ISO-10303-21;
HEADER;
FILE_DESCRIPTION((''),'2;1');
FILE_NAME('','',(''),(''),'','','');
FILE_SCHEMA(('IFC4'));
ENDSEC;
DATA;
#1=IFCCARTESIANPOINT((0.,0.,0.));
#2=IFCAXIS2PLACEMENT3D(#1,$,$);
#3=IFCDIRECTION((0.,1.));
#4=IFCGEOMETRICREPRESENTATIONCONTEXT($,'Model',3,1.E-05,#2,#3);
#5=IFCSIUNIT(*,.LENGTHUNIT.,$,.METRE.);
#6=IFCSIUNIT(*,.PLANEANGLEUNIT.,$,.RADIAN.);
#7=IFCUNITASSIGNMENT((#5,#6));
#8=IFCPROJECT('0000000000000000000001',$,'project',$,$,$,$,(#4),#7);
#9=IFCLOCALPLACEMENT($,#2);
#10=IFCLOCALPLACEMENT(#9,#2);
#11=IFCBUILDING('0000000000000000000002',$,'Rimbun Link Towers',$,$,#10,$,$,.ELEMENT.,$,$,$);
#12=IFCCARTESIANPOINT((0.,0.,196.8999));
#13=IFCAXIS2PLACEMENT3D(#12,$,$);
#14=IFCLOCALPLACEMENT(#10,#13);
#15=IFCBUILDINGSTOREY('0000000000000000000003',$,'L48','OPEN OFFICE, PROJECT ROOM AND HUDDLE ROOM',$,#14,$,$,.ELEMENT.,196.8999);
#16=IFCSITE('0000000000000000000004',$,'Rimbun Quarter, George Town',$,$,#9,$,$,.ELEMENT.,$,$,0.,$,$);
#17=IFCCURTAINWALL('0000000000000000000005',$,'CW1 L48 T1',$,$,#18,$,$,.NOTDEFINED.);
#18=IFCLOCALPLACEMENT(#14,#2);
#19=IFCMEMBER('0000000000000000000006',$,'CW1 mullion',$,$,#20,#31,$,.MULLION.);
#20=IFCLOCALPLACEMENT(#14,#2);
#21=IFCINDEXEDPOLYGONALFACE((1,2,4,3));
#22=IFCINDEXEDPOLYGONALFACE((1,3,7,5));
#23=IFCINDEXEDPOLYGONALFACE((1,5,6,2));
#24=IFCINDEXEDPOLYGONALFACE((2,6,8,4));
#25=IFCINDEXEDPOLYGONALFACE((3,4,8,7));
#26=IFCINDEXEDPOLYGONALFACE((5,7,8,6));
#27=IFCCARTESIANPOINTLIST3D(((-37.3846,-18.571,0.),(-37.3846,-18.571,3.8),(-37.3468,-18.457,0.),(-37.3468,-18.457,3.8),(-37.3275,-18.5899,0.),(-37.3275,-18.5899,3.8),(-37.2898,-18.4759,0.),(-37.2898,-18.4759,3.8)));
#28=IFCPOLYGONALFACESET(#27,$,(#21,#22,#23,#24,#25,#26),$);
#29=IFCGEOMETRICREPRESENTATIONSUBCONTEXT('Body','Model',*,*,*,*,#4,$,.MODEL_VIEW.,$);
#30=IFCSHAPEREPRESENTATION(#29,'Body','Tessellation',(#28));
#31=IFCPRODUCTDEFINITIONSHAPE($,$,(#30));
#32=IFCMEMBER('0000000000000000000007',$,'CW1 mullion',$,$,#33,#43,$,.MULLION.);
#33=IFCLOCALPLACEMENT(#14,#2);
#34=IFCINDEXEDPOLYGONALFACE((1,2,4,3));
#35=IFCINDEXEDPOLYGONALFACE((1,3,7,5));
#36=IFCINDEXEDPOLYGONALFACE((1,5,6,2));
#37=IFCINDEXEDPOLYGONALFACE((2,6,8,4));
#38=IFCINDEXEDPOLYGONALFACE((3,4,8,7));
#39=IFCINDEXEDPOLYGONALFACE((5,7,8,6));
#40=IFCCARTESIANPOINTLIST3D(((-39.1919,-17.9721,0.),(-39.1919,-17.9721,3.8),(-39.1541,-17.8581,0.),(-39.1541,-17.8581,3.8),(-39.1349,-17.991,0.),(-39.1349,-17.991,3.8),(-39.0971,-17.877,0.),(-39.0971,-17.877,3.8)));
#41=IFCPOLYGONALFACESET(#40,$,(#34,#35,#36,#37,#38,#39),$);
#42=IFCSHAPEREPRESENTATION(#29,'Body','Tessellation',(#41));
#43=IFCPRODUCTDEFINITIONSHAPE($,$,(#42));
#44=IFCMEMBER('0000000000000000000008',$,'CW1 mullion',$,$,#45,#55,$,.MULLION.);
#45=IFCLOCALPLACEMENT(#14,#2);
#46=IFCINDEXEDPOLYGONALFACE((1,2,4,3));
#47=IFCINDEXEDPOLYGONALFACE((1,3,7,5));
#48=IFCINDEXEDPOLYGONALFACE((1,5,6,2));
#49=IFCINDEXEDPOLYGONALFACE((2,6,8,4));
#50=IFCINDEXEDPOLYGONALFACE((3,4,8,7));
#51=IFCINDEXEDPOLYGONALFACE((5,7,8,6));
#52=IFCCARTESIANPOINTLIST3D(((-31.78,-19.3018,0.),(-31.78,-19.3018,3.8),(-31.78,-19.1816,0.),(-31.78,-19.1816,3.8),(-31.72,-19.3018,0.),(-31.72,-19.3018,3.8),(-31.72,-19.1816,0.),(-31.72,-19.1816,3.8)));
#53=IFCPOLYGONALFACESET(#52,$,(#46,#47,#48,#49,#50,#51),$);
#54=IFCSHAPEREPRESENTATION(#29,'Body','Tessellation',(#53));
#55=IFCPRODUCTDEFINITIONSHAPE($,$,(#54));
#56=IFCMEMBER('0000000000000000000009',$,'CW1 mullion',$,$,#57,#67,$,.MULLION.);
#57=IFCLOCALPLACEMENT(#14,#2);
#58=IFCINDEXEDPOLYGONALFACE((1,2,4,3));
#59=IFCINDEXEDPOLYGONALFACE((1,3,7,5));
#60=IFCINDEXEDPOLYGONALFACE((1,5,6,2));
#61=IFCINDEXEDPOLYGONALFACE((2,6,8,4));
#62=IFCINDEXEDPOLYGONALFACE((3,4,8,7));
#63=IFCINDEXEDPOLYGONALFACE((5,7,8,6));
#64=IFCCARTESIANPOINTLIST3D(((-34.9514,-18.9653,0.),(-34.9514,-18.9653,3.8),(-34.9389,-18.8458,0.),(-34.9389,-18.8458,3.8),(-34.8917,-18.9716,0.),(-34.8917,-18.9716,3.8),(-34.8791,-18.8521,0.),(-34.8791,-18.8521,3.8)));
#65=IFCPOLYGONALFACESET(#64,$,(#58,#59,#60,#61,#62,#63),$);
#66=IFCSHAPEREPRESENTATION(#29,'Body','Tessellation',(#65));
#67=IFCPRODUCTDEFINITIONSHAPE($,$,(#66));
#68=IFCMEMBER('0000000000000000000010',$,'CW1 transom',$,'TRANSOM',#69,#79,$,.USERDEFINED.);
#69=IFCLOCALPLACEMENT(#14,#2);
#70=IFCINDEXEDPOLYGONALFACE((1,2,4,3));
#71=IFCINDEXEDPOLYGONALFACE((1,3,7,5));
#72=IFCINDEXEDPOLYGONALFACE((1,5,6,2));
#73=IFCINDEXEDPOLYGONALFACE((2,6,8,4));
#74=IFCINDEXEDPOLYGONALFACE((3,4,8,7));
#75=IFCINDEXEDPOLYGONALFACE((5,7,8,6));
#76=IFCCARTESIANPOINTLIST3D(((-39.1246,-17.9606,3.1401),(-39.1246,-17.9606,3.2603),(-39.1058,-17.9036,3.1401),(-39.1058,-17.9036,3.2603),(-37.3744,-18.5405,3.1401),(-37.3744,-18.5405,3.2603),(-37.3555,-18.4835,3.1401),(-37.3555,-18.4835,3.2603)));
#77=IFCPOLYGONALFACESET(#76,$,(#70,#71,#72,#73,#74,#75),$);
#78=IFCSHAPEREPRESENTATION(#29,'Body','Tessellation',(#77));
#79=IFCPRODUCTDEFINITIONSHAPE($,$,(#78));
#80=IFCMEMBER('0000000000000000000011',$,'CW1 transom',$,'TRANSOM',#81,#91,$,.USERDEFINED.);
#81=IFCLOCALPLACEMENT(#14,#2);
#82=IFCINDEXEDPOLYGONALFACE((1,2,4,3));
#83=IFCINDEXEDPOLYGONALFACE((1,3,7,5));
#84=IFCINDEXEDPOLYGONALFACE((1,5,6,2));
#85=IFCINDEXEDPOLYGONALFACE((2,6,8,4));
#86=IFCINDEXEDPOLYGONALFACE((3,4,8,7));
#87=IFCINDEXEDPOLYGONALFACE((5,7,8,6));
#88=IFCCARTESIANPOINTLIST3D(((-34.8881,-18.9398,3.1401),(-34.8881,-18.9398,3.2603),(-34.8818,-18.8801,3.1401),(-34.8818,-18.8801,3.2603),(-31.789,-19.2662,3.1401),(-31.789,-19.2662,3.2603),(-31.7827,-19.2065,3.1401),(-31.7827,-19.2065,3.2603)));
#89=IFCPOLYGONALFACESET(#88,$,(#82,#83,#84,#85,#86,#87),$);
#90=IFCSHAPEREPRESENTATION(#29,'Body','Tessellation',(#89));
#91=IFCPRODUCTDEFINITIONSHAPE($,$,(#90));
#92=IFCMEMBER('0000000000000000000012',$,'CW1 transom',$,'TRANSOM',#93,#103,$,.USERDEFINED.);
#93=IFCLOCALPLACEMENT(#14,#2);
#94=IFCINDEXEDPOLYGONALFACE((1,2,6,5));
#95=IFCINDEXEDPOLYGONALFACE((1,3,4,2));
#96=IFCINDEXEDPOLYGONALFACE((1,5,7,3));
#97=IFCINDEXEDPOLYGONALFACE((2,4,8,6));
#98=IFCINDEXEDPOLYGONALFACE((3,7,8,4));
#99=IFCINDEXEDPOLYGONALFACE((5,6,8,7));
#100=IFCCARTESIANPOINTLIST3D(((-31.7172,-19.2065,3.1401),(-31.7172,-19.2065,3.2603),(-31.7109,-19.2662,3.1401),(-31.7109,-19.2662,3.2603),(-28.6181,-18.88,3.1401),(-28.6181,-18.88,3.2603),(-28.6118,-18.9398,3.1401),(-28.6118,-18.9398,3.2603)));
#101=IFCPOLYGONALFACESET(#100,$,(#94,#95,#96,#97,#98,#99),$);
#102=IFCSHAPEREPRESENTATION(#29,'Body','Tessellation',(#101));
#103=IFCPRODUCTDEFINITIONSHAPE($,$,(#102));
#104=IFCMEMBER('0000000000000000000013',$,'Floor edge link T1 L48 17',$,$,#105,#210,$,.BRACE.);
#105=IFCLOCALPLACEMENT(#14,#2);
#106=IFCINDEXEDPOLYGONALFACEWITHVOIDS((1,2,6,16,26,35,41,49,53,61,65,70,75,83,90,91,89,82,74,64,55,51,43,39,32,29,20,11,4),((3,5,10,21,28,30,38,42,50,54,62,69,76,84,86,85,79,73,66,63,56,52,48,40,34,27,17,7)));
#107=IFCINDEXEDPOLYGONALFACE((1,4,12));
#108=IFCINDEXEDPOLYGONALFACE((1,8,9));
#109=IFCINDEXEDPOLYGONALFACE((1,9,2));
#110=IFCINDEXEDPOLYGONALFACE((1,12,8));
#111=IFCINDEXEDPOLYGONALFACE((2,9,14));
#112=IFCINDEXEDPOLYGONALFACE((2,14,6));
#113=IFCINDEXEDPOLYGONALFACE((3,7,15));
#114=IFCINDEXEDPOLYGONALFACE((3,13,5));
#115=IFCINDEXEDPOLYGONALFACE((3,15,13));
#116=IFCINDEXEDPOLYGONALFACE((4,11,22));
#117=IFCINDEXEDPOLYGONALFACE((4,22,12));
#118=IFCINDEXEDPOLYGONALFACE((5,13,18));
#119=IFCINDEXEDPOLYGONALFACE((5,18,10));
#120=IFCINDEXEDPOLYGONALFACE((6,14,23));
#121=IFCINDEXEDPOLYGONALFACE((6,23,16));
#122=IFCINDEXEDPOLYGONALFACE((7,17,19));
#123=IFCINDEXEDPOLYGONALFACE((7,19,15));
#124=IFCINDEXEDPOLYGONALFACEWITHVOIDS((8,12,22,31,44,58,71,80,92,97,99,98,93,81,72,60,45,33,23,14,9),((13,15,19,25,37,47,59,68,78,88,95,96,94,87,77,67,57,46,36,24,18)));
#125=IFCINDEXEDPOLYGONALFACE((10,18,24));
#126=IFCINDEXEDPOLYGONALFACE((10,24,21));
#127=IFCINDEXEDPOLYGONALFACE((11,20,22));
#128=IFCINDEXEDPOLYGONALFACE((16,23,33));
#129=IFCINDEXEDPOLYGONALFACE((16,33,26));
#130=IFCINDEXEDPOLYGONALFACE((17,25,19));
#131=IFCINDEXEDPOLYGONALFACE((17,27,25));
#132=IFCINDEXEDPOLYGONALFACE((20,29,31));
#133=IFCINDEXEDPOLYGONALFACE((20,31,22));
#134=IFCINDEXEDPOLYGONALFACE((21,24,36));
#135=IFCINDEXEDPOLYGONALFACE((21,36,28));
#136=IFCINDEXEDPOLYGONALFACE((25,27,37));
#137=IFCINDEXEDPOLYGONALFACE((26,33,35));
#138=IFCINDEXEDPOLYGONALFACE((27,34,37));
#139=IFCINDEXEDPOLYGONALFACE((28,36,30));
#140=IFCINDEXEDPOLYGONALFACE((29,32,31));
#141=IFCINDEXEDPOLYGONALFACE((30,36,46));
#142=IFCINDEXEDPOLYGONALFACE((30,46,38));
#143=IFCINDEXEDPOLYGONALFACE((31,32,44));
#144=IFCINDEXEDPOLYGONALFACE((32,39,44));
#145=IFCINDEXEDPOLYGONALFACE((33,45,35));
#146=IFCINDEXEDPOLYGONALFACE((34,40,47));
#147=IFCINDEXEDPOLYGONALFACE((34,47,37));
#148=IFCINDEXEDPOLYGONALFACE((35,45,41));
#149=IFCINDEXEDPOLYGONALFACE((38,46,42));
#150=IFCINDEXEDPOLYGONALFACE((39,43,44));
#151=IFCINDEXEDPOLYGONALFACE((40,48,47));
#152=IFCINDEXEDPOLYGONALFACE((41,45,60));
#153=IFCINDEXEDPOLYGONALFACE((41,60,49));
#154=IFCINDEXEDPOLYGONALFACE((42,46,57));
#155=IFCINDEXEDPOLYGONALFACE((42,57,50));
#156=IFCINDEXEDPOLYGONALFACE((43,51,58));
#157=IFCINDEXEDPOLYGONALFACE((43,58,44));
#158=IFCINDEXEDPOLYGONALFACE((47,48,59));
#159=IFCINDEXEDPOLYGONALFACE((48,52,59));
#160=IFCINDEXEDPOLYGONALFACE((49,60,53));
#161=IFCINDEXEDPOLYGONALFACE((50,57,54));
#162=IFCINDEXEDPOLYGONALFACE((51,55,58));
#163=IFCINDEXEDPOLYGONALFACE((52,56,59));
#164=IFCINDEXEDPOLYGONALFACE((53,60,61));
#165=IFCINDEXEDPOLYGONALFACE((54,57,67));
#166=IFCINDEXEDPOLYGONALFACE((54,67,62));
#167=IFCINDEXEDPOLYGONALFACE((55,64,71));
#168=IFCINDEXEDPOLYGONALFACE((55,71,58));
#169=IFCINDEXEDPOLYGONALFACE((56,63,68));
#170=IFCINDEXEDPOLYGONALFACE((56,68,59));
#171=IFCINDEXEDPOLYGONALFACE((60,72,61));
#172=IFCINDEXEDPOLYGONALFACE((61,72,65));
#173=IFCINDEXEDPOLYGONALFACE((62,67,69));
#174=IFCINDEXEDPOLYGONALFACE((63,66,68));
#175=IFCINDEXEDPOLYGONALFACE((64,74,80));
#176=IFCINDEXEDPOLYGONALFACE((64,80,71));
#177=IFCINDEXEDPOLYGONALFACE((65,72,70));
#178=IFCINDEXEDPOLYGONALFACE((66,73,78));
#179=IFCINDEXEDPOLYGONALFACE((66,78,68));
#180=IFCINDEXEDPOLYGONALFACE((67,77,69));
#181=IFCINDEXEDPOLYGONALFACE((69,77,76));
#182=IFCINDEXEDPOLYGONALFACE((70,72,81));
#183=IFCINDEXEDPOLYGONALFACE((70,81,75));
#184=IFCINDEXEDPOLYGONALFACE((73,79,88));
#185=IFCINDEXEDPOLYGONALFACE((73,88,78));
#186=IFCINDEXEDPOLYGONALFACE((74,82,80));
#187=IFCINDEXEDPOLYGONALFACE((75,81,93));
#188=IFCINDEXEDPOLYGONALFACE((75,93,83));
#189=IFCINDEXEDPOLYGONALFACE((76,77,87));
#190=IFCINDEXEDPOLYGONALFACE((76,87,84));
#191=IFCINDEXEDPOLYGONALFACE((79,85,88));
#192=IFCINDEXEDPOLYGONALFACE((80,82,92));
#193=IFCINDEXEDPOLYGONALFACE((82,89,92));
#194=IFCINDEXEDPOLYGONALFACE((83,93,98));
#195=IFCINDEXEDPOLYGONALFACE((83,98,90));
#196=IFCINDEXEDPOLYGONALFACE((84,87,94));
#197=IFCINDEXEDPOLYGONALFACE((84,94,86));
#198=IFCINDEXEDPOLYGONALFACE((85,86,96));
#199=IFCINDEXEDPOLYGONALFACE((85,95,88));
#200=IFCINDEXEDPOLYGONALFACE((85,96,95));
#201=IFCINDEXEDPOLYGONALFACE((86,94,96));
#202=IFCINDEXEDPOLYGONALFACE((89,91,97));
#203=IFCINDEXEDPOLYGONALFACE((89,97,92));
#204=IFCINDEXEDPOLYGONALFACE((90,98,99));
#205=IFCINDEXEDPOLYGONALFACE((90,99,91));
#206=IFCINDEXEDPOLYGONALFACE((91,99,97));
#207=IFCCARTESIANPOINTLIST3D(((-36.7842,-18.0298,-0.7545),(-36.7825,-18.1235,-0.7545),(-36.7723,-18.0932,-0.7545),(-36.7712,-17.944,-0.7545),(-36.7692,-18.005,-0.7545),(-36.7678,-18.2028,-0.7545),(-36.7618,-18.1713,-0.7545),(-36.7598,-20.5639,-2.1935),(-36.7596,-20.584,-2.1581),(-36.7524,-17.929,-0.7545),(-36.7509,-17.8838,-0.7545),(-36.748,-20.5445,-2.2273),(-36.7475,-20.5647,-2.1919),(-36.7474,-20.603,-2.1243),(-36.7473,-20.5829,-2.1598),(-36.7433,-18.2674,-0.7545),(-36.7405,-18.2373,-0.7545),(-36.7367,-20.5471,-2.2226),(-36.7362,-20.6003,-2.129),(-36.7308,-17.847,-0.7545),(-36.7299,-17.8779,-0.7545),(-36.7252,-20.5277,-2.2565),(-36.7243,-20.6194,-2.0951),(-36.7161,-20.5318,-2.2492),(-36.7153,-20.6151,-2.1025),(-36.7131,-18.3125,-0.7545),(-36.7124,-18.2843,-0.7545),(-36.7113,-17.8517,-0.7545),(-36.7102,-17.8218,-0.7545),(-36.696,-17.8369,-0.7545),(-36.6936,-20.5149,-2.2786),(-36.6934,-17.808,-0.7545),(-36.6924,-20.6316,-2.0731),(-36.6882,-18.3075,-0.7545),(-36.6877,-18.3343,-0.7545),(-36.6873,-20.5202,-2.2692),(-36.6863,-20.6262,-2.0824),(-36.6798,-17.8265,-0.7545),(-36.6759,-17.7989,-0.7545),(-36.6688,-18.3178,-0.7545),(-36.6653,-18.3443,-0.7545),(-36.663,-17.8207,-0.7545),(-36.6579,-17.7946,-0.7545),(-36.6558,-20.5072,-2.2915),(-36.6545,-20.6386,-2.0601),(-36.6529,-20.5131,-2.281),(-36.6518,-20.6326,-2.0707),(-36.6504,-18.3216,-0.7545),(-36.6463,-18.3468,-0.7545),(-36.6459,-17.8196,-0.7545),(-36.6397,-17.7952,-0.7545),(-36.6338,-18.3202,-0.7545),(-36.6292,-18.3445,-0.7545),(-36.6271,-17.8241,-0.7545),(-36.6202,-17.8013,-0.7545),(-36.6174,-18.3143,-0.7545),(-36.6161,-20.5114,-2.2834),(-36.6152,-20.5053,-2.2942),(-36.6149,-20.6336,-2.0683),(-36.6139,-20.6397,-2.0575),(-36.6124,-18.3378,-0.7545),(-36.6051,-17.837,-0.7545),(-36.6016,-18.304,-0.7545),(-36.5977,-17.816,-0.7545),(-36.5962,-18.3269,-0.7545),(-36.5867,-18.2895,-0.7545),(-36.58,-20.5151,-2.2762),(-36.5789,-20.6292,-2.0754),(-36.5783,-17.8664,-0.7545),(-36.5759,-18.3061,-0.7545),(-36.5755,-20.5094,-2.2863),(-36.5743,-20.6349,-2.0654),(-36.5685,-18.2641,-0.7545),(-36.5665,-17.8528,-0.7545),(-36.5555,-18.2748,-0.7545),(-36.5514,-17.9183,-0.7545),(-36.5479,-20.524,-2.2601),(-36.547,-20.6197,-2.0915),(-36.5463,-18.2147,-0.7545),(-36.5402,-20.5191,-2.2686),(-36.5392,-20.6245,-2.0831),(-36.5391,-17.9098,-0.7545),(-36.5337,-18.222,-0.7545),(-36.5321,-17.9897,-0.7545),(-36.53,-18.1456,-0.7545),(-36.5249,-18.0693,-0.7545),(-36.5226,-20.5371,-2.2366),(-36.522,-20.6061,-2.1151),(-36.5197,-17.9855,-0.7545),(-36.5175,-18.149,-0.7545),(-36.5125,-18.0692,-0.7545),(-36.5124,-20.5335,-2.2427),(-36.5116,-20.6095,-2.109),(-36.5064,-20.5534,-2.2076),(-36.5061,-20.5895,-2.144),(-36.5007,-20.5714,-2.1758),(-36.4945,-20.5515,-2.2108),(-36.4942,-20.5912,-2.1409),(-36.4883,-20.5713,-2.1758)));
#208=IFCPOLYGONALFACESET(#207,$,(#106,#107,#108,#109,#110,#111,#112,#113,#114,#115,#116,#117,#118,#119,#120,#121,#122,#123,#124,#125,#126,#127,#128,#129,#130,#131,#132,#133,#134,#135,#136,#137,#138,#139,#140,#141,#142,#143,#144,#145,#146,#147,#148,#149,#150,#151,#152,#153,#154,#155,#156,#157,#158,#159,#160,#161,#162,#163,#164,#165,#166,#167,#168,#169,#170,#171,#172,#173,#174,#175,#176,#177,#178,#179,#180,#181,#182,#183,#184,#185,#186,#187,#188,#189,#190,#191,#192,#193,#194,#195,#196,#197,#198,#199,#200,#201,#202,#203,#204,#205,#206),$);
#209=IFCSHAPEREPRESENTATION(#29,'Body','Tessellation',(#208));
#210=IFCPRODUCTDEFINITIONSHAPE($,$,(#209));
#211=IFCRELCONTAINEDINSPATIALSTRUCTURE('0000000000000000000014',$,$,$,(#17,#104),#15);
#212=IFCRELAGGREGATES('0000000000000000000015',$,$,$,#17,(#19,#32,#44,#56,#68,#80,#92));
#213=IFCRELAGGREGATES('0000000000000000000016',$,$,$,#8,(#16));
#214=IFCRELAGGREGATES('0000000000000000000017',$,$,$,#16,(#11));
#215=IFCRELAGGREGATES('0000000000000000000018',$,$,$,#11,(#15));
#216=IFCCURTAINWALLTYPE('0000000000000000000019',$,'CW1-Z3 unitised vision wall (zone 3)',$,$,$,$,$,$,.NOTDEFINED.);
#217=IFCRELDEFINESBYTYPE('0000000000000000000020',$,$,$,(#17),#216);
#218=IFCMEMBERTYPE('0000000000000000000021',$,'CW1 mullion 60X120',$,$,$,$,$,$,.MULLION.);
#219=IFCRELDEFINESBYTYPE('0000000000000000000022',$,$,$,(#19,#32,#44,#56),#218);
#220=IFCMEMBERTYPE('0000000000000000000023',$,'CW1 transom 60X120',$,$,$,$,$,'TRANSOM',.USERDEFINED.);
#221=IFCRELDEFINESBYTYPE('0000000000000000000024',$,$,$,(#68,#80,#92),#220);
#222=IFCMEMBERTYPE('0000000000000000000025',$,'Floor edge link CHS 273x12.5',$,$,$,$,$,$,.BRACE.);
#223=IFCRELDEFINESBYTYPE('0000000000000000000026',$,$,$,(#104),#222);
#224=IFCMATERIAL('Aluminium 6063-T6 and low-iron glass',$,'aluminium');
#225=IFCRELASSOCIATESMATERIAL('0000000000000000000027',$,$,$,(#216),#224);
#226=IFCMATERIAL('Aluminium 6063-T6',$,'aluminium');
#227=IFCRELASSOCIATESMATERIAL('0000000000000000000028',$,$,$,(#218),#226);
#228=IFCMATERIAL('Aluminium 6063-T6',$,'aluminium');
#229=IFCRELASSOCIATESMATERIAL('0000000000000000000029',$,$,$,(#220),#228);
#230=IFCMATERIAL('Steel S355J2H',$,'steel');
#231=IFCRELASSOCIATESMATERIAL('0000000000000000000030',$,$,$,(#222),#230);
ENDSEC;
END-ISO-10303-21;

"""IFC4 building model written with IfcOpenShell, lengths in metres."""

from ifc_helpers import new_model, si_unit, direction, frame, origin, origin_2d, place, context, subcontext, project, spatial, rectangle, hollow_circle, extrude, clip, halfspace, material, material_profile, profile_set, type_object, element, aggregate, save


model = new_model("IFC4")

# Units and contexts
model_context = context("Model", 3, precision=1e-05, world=origin(), true_north=direction((0.0, 1.0)))
body_context = subcontext(model_context, "Body", "Model", "MODEL_VIEW")
ifc_project = project(units=[si_unit("LENGTHUNIT", "METRE"), si_unit("PLANEANGLEUNIT", "RADIAN")], contexts=[model_context])

# Site, building, storey
site_placement = place(None, origin())
site = spatial("IfcSite", under=ifc_project, at=site_placement, Name="Rimbun Quarter, George Town", CompositionType="ELEMENT", RefElevation=0.0)
building_placement = place(site_placement, origin())
building = spatial("IfcBuilding", under=site, at=building_placement, Name="Rimbun Link Towers", CompositionType="ELEMENT")
storey_placement = place(building_placement, frame((0.0, 0.0, 196.8999)))
storey = spatial("IfcBuildingStorey", under=building, at=storey_placement, Name="L48", Description="OPEN OFFICE, PROJECT ROOM AND HUDDLE ROOM", CompositionType="ELEMENT", Elevation=196.8999)

# Curtain wall, members
ifc_material_1 = material(Name="Aluminium 6063-T6 and low-iron glass", Category="aluminium")
curtain_wall_type = type_object("IfcCurtainWallType", Name="CW1-Z3 unitised vision wall (zone 3)", PredefinedType="NOTDEFINED", material=ifc_material_1)
curtain_wall_placement = place(storey_placement, origin())
curtain_wall = element("IfcCurtainWall", 1, at=curtain_wall_placement, inside=storey, type_object=curtain_wall_type, Name="CW1 L48 T1", PredefinedType="NOTDEFINED")
ifc_material_2 = material(Name="Aluminium 6063-T6", Category="aluminium")
ifc_material_profile_1 = material_profile(ifc_material_2, rectangle(XDim=0.1201, YDim=0.0601, at=origin_2d()), Name="MULLION 60X120")
ifc_profile_set_1 = profile_set([ifc_material_profile_1], Name="Aluminium 6063-T6")
member_type_1 = type_object("IfcMemberType", Name="CW1 mullion 60X120", PredefinedType="MULLION", material=ifc_profile_set_1)
member_1_placement = place(storey_placement, frame((-37.3372, -18.5234, 0.0), z_axis=(0.0, 0.0, 1.0), x_axis=(-0.314558, -0.949238, 0.0)))
member_1 = element("IfcMember", 2, at=member_1_placement, type_object=member_type_1, Name="CW1 mullion", PredefinedType="MULLION", context=body_context, shape_type="SweptSolid", body=[
    extrude(rectangle(XDim=0.1201, YDim=0.0601, at=origin_2d()), origin(), (0.0, 0.0, 1.0), 3.8),
])
member_2_placement = place(storey_placement, frame((-39.1445, -17.9246, 0.0), z_axis=(0.0, 0.0, 1.0), x_axis=(-0.314558, -0.949238, 0.0)))
member_2 = element("IfcMember", 3, at=member_2_placement, type_object=member_type_1, Name="CW1 mullion", PredefinedType="MULLION", context=body_context, shape_type="SweptSolid", body=[
    extrude(rectangle(XDim=0.1201, YDim=0.0601, at=origin_2d()), origin(), (0.0, 0.0, 1.0), 3.8),
])
member_3_placement = place(storey_placement, frame((-31.75, -19.2417, 0.0), z_axis=(0.0, 0.0, 1.0), x_axis=(0.0, -1.0, 0.0)))
member_3 = element("IfcMember", 4, at=member_3_placement, type_object=member_type_1, Name="CW1 mullion", PredefinedType="MULLION", context=body_context, shape_type="SweptSolid", body=[
    extrude(rectangle(XDim=0.1201, YDim=0.0601, at=origin_2d()), origin(), (0.0, 0.0, 1.0), 3.8),
])
member_4_placement = place(storey_placement, frame((-34.9153, -18.9087, 0.0), z_axis=(0.0, 0.0, 1.0), x_axis=(-0.104748, -0.994499, 0.0)))
member_4 = element("IfcMember", 5, at=member_4_placement, type_object=member_type_1, Name="CW1 mullion", PredefinedType="MULLION", context=body_context, shape_type="SweptSolid", body=[
    extrude(rectangle(XDim=0.1201, YDim=0.0601, at=origin_2d()), origin(), (0.0, 0.0, 1.0), 3.8),
])
ifc_material_3 = material(Name="Aluminium 6063-T6", Category="aluminium")
ifc_material_profile_2 = material_profile(ifc_material_3, rectangle(XDim=0.0601, YDim=0.1201, at=origin_2d()), Name="TRANSOM 60X120")
ifc_profile_set_2 = profile_set([ifc_material_profile_2], Name="Aluminium 6063-T6")
member_type_2 = type_object("IfcMemberType", Name="CW1 transom 60X120", ElementType="TRANSOM", PredefinedType="USERDEFINED", material=ifc_profile_set_2)
member_5_placement = place(storey_placement, frame((-37.365, -18.512, 3.2002), z_axis=(-0.949264, 0.314479, 0.0), x_axis=(-0.314479, -0.949264, 0.0)))
member_5 = element("IfcMember", 6, at=member_5_placement, type_object=member_type_2, Name="CW1 transom", ObjectType="TRANSOM", PredefinedType="USERDEFINED", context=body_context, shape_type="SweptSolid", body=[
    extrude(rectangle(XDim=0.0601, YDim=0.1201, at=origin_2d()), origin(), (0.0, 0.0, 1.0), 1.8438),
])
member_6_placement = place(storey_placement, frame((-31.7859, -19.2363, 3.2002), z_axis=(-0.994499, 0.104746, 0.0), x_axis=(-0.104746, -0.994499, 0.0)))
member_6 = element("IfcMember", 7, at=member_6_placement, type_object=member_type_2, Name="CW1 transom", ObjectType="TRANSOM", PredefinedType="USERDEFINED", context=body_context, shape_type="SweptSolid", body=[
    extrude(rectangle(XDim=0.0601, YDim=0.1201, at=origin_2d()), origin(), (0.0, 0.0, 1.0), 3.1162),
])
member_7_placement = place(storey_placement, frame((-28.615, -18.9099, 3.2002), z_axis=(-0.994499, -0.104746, 0.0), x_axis=(0.104746, -0.994499, 0.0)))
member_7 = element("IfcMember", 8, at=member_7_placement, type_object=member_type_2, Name="CW1 transom", ObjectType="TRANSOM", PredefinedType="USERDEFINED", context=body_context, shape_type="SweptSolid", body=[
    extrude(rectangle(XDim=0.0601, YDim=0.1201, at=origin_2d()), origin(), (0.0, 0.0, 1.0), 3.1162),
])

# Member
ifc_material_4 = material(Name="Steel S355J2H", Category="steel")
ifc_material_profile_3 = material_profile(ifc_material_4, hollow_circle(Radius=0.1365, WallThickness=0.0125, at=origin_2d()), Name="CHS 273x12.5")
ifc_profile_set_3 = profile_set([ifc_material_profile_3], Name="Steel S355J2H")
member_type_3 = type_object("IfcMemberType", Name="Floor edge link CHS 273x12.5", PredefinedType="BRACE", material=ifc_profile_set_3)
member_8_placement = place(storey_placement, frame((-36.647, -18.2754, -0.8708), z_axis=(0.008409, -0.869466, -0.49392), x_axis=(0.999953, 0.009671, 0.0)))
element("IfcMember", 9, at=member_8_placement, inside=storey, type_object=member_type_3, Name="Floor edge link T1 L48 17", PredefinedType="BRACE", context=body_context, shape_type="Clipping", body=[
    clip(extrude(hollow_circle(Radius=0.1365, WallThickness=0.0125, at=origin_2d()), frame((0.0, 0.0, -0.5007)), (0.0, 0.0, 1.0), 3.1428), halfspace(frame((0.0, 0.0, -0.2356), z_axis=(0.0, 0.869507, -0.49392)), False)),
])

aggregate(curtain_wall, [member_1, member_2, member_3, member_4, member_5, member_6, member_7])

save(model, "model.ifc")
